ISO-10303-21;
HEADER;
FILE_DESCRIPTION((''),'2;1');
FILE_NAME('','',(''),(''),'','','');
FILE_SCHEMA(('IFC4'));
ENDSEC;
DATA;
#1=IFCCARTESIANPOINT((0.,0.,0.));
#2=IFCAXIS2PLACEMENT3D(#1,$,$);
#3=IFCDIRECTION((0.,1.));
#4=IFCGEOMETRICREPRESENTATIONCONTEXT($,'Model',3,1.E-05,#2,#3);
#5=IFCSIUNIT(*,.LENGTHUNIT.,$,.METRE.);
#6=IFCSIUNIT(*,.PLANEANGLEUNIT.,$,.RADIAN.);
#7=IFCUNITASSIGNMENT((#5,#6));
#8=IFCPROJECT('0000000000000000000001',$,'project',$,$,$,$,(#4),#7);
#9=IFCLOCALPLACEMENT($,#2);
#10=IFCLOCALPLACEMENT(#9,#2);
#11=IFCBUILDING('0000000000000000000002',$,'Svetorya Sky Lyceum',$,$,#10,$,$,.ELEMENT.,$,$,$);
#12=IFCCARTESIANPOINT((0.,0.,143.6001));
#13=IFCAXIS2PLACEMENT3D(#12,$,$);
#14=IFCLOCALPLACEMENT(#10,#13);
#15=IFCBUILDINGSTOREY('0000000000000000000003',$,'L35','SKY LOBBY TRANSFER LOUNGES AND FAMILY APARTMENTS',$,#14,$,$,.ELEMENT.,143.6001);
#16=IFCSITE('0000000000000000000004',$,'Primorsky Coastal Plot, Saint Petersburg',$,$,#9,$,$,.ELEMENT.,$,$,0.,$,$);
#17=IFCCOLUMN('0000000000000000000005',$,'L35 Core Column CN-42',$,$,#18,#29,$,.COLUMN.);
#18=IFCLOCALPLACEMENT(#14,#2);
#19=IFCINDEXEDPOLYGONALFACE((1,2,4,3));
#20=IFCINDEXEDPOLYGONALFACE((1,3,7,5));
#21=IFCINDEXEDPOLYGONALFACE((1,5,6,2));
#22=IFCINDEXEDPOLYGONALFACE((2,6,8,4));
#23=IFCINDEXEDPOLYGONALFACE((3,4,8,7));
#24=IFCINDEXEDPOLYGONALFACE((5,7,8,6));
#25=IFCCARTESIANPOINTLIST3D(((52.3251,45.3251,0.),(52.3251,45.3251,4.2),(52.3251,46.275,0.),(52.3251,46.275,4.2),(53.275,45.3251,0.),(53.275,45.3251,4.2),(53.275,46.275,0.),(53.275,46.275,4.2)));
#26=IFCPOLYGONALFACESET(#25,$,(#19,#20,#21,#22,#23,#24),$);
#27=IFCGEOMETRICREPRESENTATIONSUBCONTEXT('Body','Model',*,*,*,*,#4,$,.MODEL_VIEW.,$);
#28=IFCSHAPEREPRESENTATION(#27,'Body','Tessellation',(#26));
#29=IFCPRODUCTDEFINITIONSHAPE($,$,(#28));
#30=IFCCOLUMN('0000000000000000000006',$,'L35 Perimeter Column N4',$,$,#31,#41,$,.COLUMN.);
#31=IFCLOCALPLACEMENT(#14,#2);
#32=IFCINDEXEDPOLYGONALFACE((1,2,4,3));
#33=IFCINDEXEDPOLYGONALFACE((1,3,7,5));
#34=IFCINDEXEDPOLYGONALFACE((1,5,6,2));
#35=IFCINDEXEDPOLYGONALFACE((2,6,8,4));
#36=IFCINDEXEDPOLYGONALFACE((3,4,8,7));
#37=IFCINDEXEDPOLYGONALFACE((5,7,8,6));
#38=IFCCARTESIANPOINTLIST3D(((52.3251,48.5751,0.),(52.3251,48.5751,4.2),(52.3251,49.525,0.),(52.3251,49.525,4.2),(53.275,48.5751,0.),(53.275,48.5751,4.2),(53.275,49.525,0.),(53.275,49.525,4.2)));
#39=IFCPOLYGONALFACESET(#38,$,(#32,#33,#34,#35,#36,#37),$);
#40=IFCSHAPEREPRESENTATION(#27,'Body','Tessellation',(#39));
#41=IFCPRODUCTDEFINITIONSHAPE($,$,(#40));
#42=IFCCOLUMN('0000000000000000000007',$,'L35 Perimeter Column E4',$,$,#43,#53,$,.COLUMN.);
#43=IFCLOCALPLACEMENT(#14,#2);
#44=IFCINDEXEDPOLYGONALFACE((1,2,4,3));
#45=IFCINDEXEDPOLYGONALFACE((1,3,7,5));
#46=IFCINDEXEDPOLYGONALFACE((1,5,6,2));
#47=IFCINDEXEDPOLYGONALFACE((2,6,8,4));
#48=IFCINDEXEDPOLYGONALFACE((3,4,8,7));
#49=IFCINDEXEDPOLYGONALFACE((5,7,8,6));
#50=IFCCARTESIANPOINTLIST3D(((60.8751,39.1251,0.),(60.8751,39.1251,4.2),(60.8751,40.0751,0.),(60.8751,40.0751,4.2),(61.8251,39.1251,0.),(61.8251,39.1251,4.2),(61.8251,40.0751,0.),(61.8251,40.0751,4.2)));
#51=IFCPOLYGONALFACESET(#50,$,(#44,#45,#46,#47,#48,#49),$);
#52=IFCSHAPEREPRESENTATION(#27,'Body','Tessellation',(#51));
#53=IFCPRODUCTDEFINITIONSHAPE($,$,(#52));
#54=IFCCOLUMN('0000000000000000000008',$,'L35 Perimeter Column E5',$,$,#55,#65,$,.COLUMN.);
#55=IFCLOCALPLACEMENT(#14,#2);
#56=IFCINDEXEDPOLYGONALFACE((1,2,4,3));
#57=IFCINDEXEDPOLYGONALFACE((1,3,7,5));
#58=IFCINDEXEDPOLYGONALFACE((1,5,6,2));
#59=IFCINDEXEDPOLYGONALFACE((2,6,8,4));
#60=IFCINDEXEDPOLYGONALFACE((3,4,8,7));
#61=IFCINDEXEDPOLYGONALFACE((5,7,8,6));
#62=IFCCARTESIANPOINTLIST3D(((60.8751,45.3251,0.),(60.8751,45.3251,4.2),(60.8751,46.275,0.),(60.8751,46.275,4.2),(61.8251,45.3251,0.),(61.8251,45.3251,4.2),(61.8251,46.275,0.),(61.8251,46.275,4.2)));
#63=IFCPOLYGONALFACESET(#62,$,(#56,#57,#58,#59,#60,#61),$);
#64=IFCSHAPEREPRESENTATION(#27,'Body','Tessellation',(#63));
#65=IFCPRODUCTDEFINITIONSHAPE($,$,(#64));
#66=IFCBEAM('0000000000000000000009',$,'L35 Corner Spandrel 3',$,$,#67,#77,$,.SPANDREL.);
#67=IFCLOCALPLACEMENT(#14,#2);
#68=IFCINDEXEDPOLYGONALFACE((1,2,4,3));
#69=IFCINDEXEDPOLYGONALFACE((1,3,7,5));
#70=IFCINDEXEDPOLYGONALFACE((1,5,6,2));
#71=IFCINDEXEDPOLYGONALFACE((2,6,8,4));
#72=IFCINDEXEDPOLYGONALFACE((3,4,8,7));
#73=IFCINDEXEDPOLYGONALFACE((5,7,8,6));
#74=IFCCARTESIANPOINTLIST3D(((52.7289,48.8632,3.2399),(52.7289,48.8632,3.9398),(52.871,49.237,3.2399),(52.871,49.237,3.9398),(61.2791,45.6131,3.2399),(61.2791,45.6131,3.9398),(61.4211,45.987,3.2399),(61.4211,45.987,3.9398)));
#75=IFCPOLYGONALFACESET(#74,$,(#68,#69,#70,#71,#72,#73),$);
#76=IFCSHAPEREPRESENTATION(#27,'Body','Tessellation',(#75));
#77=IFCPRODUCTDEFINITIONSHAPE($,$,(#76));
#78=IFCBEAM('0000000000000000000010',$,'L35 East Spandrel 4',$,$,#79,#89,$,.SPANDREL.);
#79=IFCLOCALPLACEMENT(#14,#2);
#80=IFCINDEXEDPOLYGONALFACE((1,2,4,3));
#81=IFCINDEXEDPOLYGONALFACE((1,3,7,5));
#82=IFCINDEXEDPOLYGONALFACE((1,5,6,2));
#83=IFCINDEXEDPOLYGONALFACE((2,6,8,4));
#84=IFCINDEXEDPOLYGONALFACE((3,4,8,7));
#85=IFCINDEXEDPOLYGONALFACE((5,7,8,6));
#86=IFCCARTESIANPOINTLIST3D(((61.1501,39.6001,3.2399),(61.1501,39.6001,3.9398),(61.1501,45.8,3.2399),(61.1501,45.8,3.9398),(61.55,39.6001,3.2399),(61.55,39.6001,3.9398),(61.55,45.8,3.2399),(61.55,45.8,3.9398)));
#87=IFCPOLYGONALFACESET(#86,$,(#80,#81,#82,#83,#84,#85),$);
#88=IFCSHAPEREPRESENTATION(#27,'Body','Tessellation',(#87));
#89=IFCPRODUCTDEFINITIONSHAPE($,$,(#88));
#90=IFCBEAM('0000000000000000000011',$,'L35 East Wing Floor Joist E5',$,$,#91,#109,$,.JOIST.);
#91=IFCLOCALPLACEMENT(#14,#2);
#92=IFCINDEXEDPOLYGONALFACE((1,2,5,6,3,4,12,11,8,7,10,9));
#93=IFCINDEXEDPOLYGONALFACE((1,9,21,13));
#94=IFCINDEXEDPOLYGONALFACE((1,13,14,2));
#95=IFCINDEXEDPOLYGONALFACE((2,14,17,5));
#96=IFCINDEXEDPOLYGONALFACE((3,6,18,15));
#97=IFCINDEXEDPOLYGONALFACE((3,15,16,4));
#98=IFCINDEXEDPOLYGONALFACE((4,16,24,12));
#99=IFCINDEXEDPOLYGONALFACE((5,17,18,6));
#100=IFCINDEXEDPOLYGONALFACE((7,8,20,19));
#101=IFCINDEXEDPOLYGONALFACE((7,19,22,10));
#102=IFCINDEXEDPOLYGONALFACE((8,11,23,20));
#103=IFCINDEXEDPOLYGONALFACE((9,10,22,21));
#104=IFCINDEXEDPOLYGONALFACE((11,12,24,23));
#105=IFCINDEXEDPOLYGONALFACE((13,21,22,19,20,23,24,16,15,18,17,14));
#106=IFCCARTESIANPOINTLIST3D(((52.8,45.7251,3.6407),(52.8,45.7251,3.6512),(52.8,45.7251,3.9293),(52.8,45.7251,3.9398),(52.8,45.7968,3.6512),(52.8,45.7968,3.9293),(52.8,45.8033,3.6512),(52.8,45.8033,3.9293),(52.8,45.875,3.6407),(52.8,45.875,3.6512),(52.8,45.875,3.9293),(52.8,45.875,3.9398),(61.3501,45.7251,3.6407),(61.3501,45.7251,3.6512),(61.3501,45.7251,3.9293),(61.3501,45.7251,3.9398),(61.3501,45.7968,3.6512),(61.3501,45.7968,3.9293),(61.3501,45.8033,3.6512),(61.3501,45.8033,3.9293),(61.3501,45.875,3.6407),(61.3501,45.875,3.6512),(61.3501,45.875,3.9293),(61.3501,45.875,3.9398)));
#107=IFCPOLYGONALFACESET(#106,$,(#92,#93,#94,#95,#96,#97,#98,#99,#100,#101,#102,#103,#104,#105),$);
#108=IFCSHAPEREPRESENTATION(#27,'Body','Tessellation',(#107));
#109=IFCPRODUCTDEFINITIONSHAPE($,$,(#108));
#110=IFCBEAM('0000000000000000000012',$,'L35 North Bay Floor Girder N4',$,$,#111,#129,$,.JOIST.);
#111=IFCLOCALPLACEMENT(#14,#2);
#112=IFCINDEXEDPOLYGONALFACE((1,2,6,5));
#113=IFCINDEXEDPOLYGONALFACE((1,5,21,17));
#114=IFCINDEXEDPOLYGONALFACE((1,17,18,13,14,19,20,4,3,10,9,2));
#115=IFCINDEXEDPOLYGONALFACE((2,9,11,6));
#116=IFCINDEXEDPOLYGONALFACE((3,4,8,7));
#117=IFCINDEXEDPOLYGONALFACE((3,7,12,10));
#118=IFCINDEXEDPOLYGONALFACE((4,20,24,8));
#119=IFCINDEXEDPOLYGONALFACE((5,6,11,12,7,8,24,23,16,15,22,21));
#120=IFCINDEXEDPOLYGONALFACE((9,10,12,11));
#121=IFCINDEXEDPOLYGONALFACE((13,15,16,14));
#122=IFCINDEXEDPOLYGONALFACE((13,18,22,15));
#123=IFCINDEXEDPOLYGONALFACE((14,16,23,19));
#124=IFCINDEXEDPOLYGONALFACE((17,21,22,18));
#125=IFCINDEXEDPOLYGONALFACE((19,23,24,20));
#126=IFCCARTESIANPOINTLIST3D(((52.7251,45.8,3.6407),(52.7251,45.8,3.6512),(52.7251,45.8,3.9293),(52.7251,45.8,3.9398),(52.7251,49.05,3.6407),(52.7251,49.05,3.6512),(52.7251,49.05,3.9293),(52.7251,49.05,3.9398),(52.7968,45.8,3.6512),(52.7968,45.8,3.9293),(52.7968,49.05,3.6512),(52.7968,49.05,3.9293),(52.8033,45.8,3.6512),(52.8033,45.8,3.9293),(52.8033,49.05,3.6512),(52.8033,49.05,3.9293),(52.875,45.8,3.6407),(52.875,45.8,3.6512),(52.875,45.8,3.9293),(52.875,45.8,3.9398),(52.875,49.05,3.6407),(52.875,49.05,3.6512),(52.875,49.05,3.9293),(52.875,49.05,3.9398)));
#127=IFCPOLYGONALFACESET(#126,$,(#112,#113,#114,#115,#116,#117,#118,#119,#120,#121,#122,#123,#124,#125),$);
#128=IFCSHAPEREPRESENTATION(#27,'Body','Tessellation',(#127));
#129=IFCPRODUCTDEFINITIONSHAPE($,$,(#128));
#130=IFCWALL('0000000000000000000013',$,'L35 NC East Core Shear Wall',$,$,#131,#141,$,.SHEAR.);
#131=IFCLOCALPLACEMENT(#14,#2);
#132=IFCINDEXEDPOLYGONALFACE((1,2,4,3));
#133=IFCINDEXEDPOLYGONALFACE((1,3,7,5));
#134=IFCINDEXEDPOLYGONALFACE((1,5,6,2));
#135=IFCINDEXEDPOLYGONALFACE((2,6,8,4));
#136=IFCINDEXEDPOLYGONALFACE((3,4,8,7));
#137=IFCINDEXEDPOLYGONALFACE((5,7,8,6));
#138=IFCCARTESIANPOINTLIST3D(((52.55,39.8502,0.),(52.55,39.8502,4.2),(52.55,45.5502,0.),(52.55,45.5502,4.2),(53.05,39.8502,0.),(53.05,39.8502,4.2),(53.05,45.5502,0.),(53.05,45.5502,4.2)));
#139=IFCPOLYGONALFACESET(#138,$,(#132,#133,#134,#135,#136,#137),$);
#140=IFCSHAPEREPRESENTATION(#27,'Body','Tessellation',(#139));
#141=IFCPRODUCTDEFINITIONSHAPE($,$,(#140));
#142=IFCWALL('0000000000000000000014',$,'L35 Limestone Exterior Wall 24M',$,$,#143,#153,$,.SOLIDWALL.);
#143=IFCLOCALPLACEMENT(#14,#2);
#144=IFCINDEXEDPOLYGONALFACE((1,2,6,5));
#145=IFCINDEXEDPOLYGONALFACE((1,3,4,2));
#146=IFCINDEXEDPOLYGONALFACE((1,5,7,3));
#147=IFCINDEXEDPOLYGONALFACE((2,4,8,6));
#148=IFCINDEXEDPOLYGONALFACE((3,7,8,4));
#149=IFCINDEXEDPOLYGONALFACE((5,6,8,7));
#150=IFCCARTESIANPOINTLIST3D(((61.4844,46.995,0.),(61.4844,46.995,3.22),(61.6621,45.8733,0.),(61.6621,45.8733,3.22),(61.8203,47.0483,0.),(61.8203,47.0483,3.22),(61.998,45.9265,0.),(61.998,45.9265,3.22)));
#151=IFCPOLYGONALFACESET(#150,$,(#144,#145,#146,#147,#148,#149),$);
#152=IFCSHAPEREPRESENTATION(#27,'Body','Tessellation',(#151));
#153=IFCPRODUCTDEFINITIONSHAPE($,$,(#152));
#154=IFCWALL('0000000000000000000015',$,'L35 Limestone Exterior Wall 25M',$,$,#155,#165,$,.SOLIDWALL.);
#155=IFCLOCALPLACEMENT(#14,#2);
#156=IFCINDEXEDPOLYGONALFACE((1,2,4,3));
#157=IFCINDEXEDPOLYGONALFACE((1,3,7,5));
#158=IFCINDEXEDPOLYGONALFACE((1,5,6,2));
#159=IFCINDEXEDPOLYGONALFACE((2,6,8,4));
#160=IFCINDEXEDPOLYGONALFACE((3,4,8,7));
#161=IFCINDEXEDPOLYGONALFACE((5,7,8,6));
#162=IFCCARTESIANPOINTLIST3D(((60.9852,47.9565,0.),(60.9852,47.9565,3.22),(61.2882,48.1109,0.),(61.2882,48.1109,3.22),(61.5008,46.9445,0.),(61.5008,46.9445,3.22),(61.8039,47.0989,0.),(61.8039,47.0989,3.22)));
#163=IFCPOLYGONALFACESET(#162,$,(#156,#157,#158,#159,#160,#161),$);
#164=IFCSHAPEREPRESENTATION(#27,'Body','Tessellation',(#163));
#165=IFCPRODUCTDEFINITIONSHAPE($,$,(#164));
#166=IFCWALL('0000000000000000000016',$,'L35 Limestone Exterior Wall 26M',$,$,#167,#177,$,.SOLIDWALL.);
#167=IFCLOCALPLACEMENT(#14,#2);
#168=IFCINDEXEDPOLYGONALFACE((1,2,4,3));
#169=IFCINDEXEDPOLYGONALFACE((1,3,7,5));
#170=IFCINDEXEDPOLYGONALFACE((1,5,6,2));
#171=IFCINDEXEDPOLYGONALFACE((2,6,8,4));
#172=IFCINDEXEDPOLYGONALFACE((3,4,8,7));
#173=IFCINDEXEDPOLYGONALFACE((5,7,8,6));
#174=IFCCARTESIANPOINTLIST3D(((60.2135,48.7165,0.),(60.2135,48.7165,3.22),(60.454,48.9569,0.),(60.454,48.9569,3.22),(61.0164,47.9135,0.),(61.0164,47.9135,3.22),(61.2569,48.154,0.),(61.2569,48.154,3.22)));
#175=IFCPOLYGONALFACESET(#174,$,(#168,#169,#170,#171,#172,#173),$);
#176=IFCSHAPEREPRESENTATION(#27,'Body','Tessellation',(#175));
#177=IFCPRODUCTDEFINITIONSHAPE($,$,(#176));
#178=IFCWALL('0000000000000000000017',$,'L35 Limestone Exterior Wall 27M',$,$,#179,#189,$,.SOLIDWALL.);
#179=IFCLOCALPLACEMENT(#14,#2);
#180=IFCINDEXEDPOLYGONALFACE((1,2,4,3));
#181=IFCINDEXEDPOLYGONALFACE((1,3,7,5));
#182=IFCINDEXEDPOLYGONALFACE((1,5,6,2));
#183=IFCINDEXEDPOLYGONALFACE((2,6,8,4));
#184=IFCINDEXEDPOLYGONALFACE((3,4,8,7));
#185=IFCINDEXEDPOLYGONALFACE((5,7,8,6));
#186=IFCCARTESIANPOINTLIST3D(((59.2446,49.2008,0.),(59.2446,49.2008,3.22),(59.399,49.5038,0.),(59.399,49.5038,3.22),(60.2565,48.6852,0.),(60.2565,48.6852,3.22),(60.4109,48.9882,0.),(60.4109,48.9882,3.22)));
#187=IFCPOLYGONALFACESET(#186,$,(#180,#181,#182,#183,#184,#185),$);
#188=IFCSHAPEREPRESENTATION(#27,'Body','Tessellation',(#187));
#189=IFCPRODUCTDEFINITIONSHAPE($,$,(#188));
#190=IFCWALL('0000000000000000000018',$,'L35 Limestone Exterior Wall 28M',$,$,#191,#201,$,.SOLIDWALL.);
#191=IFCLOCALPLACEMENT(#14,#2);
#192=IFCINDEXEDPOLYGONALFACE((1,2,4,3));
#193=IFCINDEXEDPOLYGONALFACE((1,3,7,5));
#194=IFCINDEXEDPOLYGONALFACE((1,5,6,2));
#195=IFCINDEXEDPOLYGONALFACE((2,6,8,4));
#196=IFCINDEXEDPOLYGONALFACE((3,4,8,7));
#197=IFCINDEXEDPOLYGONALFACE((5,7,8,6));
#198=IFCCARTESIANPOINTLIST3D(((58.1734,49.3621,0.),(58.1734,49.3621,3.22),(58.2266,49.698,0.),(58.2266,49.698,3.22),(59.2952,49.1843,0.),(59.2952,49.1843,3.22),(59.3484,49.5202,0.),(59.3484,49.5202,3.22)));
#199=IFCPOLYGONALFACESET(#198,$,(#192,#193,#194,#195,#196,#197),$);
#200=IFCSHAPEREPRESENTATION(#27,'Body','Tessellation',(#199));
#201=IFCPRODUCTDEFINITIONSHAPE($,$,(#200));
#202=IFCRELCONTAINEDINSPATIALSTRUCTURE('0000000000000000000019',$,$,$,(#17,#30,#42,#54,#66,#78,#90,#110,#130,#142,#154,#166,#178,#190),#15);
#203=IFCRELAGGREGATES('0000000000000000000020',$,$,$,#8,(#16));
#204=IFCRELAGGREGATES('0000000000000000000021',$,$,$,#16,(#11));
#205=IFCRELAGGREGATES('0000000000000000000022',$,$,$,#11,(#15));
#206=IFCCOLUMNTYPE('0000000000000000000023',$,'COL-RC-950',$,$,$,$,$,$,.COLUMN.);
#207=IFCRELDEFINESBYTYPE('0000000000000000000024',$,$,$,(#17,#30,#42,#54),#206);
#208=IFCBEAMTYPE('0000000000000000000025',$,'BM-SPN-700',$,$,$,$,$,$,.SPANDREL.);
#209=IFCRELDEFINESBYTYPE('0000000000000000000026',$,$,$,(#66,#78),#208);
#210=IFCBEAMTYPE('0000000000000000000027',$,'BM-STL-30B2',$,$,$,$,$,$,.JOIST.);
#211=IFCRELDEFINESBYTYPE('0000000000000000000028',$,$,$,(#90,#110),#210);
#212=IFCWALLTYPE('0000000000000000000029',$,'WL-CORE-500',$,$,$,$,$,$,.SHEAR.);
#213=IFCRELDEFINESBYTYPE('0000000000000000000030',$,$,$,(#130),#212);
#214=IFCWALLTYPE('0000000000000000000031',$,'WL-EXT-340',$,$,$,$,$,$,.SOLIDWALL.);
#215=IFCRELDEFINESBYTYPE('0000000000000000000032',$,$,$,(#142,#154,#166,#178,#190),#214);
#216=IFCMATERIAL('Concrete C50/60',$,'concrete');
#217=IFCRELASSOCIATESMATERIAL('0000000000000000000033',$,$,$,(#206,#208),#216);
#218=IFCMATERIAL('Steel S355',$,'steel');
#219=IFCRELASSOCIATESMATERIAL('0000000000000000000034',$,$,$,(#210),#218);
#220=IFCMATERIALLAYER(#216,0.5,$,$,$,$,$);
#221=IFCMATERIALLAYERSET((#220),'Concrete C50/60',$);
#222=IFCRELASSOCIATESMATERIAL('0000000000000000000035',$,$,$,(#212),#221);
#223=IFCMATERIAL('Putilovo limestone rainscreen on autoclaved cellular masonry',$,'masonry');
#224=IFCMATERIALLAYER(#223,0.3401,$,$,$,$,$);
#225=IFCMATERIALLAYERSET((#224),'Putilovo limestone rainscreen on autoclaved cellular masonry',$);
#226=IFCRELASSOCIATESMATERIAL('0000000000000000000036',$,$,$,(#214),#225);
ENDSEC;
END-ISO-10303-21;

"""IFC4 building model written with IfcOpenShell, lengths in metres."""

from ifc_helpers import new_model, si_unit, direction, frame, frame_2d, origin, origin_2d, place, context, subcontext, project, spatial, rectangle, i_section, extrude, material, layer, layer_set, material_profile, profile_set, type_object, element, save


model = new_model("IFC4")

# Units and contexts
model_context = context("Model", 3, precision=1e-05, world=origin(), true_north=direction((0.0, 1.0)))
body_context = subcontext(model_context, "Body", "Model", "MODEL_VIEW")
ifc_project = project(units=[si_unit("LENGTHUNIT", "METRE"), si_unit("PLANEANGLEUNIT", "RADIAN")], contexts=[model_context])

# Site, building, storey
site_placement = place(None, origin())
site = spatial("IfcSite", under=ifc_project, at=site_placement, Name="Primorsky Coastal Plot, Saint Petersburg", CompositionType="ELEMENT", RefElevation=0.0)
building_placement = place(site_placement, origin())
building = spatial("IfcBuilding", under=site, at=building_placement, Name="Svetorya Sky Lyceum", CompositionType="ELEMENT")
storey_placement = place(building_placement, frame((0.0, 0.0, 143.6001)))
storey = spatial("IfcBuildingStorey", under=building, at=storey_placement, Name="L35", Description="SKY LOBBY TRANSFER LOUNGES AND FAMILY APARTMENTS", CompositionType="ELEMENT", Elevation=143.6001)

# Columns
ifc_material_1 = material(Name="Concrete C50/60", Category="concrete")
ifc_material_profile_1 = material_profile(ifc_material_1, rectangle(XDim=0.95, YDim=0.95, at=origin_2d()), Name="RC COL 950x950")
ifc_profile_set_1 = profile_set([ifc_material_profile_1], Name="Concrete C50/60")
column_type = type_object("IfcColumnType", Name="COL-RC-950", PredefinedType="COLUMN", material=ifc_profile_set_1)
for number, where, z_axis, x_axis, name in (
    (1, (52.8, 45.8, 0.0), (0.0, 0.0, 1.0), (1.0, 0.0, 0.0), "L35 Core Column CN-42"),
    (2, (52.8, 49.05, 0.0), (0.0, 0.0, 1.0), (1.0, 0.0, 0.0), "L35 Perimeter Column N4"),
    (3, (61.3501, 39.6001, 0.0), (0.0, 0.0, 1.0), (1.0, 0.0, 0.0), "L35 Perimeter Column E4"),
    (4, (61.3501, 45.8, 0.0), (0.0, 0.0, 1.0), (1.0, 0.0, 0.0), "L35 Perimeter Column E5"),
):
    element("IfcColumn", number, at=place(storey_placement, frame(where, z_axis=z_axis, x_axis=x_axis)), inside=storey, type_object=column_type, Name=name, PredefinedType="COLUMN", context=body_context, shape_type="SweptSolid", body=[
        extrude(rectangle(XDim=0.95, YDim=0.95, at=origin_2d()), origin(), (0.0, 0.0, 1.0), 4.2),
    ])

# Beams
ifc_material_profile_2 = material_profile(ifc_material_1, rectangle(XDim=0.3999, YDim=0.7, at=origin_2d()), Name="RC SPANDREL 400x700")
ifc_profile_set_2 = profile_set([ifc_material_profile_2], Name="Concrete C50/60")
beam_type_1 = type_object("IfcBeamType", Name="BM-SPN-700", PredefinedType="SPANDREL", material=ifc_profile_set_2)
beam_1_placement = place(storey_placement, frame((61.3501, 45.8, 3.5898), z_axis=(-0.934748, 0.355312, 0.0), x_axis=(-0.355312, -0.934748, 0.0)))
element("IfcBeam", 5, at=beam_1_placement, inside=storey, type_object=beam_type_1, Name="L35 Corner Spandrel 3", PredefinedType="SPANDREL", context=body_context, shape_type="SweptSolid", body=[
    extrude(rectangle(XDim=0.3999, YDim=0.7, at=origin_2d()), origin(), (0.0, 0.0, 1.0), 9.147),
])
beam_2_placement = place(storey_placement, frame((61.3501, 39.6001, 3.5898), z_axis=(0.0, 1.0, 0.0), x_axis=(-1.0, 0.0, 0.0)))
element("IfcBeam", 6, at=beam_2_placement, inside=storey, type_object=beam_type_1, Name="L35 East Spandrel 4", PredefinedType="SPANDREL", context=body_context, shape_type="SweptSolid", body=[
    extrude(rectangle(XDim=0.3999, YDim=0.7, at=origin_2d()), origin(), (0.0, 0.0, 1.0), 6.2),
])
ifc_material_2 = material(Name="Steel S355", Category="steel")
ifc_material_profile_3 = material_profile(ifc_material_2, i_section(OverallWidth=0.1499, OverallDepth=0.2991, WebThickness=0.0066, FlangeThickness=0.0105, at=origin_2d()), Name="GOST 30B2")
ifc_profile_set_3 = profile_set([ifc_material_profile_3], Name="Steel S355")
beam_type_2 = type_object("IfcBeamType", Name="BM-STL-30B2", PredefinedType="JOIST", material=ifc_profile_set_3)
beam_3_placement = place(storey_placement, frame((52.8, 45.8, 3.7903), z_axis=(1.0, 0.0, 0.0), x_axis=(0.0, 1.0, 0.0)))
element("IfcBeam", 7, at=beam_3_placement, inside=storey, type_object=beam_type_2, Name="L35 East Wing Floor Joist E5", PredefinedType="JOIST", context=body_context, shape_type="SweptSolid", body=[
    extrude(i_section(OverallWidth=0.1499, OverallDepth=0.2991, WebThickness=0.0066, FlangeThickness=0.0105, at=origin_2d()), origin(), (0.0, 0.0, 1.0), 8.55),
])
beam_4_placement = place(storey_placement, frame((52.8, 45.8, 3.7903), z_axis=(0.0, 1.0, 0.0), x_axis=(-1.0, 0.0, 0.0)))
element("IfcBeam", 8, at=beam_4_placement, inside=storey, type_object=beam_type_2, Name="L35 North Bay Floor Girder N4", PredefinedType="JOIST", context=body_context, shape_type="SweptSolid", body=[
    extrude(i_section(OverallWidth=0.1499, OverallDepth=0.2991, WebThickness=0.0066, FlangeThickness=0.0105, at=origin_2d()), origin(), (0.0, 0.0, 1.0), 3.25),
])

# Walls
ifc_layer_1 = layer(ifc_material_1, 0.5)
ifc_layer_set_1 = layer_set([ifc_layer_1], Name="Concrete C50/60")
wall_type_1 = type_object("IfcWallType", Name="WL-CORE-500", PredefinedType="SHEAR", material=ifc_layer_set_1)
wall_1_placement = place(storey_placement, frame((52.8, 39.8501, 0.0), z_axis=(0.0, 0.0, 1.0), x_axis=(0.0, 1.0, 0.0)))
element("IfcWall", 9, at=wall_1_placement, inside=storey, type_object=wall_type_1, Name="L35 NC East Core Shear Wall", PredefinedType="SHEAR", context=body_context, shape_type="SweptSolid", body=[
    extrude(rectangle(XDim=5.7, YDim=0.5, at=frame_2d((2.8501, 0.0))), origin(), (0.0, 0.0, 1.0), 4.2),
])
ifc_material_3 = material(Name="Putilovo limestone rainscreen on autoclaved cellular masonry", Category="masonry")
ifc_layer_2 = layer(ifc_material_3, 0.3401)
ifc_layer_set_2 = layer_set([ifc_layer_2], Name="Putilovo limestone rainscreen on autoclaved cellular masonry")
wall_type_2 = type_object("IfcWallType", Name="WL-EXT-340", PredefinedType="SOLIDWALL", material=ifc_layer_set_2)
for number, where, z_axis, x_axis, name in (
    (10, (61.8301, 45.8999, 0.0), (0.0, 0.0, 1.0), (-0.156481, 0.987681, 0.0), "L35 Limestone Exterior Wall 24M"),
    (11, (61.6523, 47.0217, 0.0), (0.0, 0.0, 1.0), (-0.453993, 0.891005, 0.0), "L35 Limestone Exterior Wall 25M"),
):
    element("IfcWall", number, at=place(storey_placement, frame(where, z_axis=z_axis, x_axis=x_axis)), inside=storey, type_object=wall_type_2, Name=name, PredefinedType="SOLIDWALL", context=body_context, shape_type="SweptSolid", body=[
        extrude(rectangle(XDim=1.1357, YDim=0.3401, at=frame_2d((0.5679, 0.0))), origin(), (0.0, 0.0, 1.0), 3.22),
    ])
wall_2_placement = place(storey_placement, frame((61.1367, 48.0337, 0.0), z_axis=(0.0, 0.0, 1.0), x_axis=(-0.707107, 0.707107, 0.0)))
element("IfcWall", 12, at=wall_2_placement, inside=storey, type_object=wall_type_2, Name="L35 Limestone Exterior Wall 26M", PredefinedType="SOLIDWALL", context=body_context, shape_type="SweptSolid", body=[
    extrude(rectangle(XDim=1.1355, YDim=0.3401, at=frame_2d((0.5679, 0.0))), origin(), (0.0, 0.0, 1.0), 3.22),
])
for number, where, z_axis, x_axis, name in (
    (13, (60.3337, 48.8367, 0.0), (0.0, 0.0, 1.0), (-0.891005, 0.453993, 0.0), "L35 Limestone Exterior Wall 27M"),
    (14, (59.3218, 49.3523, 0.0), (0.0, 0.0, 1.0), (-0.987681, 0.156481, 0.0), "L35 Limestone Exterior Wall 28M"),
):
    element("IfcWall", number, at=place(storey_placement, frame(where, z_axis=z_axis, x_axis=x_axis)), inside=storey, type_object=wall_type_2, Name=name, PredefinedType="SOLIDWALL", context=body_context, shape_type="SweptSolid", body=[
        extrude(rectangle(XDim=1.1357, YDim=0.3401, at=frame_2d((0.5679, 0.0))), origin(), (0.0, 0.0, 1.0), 3.22),
    ])

save(model, "model.ifc")
